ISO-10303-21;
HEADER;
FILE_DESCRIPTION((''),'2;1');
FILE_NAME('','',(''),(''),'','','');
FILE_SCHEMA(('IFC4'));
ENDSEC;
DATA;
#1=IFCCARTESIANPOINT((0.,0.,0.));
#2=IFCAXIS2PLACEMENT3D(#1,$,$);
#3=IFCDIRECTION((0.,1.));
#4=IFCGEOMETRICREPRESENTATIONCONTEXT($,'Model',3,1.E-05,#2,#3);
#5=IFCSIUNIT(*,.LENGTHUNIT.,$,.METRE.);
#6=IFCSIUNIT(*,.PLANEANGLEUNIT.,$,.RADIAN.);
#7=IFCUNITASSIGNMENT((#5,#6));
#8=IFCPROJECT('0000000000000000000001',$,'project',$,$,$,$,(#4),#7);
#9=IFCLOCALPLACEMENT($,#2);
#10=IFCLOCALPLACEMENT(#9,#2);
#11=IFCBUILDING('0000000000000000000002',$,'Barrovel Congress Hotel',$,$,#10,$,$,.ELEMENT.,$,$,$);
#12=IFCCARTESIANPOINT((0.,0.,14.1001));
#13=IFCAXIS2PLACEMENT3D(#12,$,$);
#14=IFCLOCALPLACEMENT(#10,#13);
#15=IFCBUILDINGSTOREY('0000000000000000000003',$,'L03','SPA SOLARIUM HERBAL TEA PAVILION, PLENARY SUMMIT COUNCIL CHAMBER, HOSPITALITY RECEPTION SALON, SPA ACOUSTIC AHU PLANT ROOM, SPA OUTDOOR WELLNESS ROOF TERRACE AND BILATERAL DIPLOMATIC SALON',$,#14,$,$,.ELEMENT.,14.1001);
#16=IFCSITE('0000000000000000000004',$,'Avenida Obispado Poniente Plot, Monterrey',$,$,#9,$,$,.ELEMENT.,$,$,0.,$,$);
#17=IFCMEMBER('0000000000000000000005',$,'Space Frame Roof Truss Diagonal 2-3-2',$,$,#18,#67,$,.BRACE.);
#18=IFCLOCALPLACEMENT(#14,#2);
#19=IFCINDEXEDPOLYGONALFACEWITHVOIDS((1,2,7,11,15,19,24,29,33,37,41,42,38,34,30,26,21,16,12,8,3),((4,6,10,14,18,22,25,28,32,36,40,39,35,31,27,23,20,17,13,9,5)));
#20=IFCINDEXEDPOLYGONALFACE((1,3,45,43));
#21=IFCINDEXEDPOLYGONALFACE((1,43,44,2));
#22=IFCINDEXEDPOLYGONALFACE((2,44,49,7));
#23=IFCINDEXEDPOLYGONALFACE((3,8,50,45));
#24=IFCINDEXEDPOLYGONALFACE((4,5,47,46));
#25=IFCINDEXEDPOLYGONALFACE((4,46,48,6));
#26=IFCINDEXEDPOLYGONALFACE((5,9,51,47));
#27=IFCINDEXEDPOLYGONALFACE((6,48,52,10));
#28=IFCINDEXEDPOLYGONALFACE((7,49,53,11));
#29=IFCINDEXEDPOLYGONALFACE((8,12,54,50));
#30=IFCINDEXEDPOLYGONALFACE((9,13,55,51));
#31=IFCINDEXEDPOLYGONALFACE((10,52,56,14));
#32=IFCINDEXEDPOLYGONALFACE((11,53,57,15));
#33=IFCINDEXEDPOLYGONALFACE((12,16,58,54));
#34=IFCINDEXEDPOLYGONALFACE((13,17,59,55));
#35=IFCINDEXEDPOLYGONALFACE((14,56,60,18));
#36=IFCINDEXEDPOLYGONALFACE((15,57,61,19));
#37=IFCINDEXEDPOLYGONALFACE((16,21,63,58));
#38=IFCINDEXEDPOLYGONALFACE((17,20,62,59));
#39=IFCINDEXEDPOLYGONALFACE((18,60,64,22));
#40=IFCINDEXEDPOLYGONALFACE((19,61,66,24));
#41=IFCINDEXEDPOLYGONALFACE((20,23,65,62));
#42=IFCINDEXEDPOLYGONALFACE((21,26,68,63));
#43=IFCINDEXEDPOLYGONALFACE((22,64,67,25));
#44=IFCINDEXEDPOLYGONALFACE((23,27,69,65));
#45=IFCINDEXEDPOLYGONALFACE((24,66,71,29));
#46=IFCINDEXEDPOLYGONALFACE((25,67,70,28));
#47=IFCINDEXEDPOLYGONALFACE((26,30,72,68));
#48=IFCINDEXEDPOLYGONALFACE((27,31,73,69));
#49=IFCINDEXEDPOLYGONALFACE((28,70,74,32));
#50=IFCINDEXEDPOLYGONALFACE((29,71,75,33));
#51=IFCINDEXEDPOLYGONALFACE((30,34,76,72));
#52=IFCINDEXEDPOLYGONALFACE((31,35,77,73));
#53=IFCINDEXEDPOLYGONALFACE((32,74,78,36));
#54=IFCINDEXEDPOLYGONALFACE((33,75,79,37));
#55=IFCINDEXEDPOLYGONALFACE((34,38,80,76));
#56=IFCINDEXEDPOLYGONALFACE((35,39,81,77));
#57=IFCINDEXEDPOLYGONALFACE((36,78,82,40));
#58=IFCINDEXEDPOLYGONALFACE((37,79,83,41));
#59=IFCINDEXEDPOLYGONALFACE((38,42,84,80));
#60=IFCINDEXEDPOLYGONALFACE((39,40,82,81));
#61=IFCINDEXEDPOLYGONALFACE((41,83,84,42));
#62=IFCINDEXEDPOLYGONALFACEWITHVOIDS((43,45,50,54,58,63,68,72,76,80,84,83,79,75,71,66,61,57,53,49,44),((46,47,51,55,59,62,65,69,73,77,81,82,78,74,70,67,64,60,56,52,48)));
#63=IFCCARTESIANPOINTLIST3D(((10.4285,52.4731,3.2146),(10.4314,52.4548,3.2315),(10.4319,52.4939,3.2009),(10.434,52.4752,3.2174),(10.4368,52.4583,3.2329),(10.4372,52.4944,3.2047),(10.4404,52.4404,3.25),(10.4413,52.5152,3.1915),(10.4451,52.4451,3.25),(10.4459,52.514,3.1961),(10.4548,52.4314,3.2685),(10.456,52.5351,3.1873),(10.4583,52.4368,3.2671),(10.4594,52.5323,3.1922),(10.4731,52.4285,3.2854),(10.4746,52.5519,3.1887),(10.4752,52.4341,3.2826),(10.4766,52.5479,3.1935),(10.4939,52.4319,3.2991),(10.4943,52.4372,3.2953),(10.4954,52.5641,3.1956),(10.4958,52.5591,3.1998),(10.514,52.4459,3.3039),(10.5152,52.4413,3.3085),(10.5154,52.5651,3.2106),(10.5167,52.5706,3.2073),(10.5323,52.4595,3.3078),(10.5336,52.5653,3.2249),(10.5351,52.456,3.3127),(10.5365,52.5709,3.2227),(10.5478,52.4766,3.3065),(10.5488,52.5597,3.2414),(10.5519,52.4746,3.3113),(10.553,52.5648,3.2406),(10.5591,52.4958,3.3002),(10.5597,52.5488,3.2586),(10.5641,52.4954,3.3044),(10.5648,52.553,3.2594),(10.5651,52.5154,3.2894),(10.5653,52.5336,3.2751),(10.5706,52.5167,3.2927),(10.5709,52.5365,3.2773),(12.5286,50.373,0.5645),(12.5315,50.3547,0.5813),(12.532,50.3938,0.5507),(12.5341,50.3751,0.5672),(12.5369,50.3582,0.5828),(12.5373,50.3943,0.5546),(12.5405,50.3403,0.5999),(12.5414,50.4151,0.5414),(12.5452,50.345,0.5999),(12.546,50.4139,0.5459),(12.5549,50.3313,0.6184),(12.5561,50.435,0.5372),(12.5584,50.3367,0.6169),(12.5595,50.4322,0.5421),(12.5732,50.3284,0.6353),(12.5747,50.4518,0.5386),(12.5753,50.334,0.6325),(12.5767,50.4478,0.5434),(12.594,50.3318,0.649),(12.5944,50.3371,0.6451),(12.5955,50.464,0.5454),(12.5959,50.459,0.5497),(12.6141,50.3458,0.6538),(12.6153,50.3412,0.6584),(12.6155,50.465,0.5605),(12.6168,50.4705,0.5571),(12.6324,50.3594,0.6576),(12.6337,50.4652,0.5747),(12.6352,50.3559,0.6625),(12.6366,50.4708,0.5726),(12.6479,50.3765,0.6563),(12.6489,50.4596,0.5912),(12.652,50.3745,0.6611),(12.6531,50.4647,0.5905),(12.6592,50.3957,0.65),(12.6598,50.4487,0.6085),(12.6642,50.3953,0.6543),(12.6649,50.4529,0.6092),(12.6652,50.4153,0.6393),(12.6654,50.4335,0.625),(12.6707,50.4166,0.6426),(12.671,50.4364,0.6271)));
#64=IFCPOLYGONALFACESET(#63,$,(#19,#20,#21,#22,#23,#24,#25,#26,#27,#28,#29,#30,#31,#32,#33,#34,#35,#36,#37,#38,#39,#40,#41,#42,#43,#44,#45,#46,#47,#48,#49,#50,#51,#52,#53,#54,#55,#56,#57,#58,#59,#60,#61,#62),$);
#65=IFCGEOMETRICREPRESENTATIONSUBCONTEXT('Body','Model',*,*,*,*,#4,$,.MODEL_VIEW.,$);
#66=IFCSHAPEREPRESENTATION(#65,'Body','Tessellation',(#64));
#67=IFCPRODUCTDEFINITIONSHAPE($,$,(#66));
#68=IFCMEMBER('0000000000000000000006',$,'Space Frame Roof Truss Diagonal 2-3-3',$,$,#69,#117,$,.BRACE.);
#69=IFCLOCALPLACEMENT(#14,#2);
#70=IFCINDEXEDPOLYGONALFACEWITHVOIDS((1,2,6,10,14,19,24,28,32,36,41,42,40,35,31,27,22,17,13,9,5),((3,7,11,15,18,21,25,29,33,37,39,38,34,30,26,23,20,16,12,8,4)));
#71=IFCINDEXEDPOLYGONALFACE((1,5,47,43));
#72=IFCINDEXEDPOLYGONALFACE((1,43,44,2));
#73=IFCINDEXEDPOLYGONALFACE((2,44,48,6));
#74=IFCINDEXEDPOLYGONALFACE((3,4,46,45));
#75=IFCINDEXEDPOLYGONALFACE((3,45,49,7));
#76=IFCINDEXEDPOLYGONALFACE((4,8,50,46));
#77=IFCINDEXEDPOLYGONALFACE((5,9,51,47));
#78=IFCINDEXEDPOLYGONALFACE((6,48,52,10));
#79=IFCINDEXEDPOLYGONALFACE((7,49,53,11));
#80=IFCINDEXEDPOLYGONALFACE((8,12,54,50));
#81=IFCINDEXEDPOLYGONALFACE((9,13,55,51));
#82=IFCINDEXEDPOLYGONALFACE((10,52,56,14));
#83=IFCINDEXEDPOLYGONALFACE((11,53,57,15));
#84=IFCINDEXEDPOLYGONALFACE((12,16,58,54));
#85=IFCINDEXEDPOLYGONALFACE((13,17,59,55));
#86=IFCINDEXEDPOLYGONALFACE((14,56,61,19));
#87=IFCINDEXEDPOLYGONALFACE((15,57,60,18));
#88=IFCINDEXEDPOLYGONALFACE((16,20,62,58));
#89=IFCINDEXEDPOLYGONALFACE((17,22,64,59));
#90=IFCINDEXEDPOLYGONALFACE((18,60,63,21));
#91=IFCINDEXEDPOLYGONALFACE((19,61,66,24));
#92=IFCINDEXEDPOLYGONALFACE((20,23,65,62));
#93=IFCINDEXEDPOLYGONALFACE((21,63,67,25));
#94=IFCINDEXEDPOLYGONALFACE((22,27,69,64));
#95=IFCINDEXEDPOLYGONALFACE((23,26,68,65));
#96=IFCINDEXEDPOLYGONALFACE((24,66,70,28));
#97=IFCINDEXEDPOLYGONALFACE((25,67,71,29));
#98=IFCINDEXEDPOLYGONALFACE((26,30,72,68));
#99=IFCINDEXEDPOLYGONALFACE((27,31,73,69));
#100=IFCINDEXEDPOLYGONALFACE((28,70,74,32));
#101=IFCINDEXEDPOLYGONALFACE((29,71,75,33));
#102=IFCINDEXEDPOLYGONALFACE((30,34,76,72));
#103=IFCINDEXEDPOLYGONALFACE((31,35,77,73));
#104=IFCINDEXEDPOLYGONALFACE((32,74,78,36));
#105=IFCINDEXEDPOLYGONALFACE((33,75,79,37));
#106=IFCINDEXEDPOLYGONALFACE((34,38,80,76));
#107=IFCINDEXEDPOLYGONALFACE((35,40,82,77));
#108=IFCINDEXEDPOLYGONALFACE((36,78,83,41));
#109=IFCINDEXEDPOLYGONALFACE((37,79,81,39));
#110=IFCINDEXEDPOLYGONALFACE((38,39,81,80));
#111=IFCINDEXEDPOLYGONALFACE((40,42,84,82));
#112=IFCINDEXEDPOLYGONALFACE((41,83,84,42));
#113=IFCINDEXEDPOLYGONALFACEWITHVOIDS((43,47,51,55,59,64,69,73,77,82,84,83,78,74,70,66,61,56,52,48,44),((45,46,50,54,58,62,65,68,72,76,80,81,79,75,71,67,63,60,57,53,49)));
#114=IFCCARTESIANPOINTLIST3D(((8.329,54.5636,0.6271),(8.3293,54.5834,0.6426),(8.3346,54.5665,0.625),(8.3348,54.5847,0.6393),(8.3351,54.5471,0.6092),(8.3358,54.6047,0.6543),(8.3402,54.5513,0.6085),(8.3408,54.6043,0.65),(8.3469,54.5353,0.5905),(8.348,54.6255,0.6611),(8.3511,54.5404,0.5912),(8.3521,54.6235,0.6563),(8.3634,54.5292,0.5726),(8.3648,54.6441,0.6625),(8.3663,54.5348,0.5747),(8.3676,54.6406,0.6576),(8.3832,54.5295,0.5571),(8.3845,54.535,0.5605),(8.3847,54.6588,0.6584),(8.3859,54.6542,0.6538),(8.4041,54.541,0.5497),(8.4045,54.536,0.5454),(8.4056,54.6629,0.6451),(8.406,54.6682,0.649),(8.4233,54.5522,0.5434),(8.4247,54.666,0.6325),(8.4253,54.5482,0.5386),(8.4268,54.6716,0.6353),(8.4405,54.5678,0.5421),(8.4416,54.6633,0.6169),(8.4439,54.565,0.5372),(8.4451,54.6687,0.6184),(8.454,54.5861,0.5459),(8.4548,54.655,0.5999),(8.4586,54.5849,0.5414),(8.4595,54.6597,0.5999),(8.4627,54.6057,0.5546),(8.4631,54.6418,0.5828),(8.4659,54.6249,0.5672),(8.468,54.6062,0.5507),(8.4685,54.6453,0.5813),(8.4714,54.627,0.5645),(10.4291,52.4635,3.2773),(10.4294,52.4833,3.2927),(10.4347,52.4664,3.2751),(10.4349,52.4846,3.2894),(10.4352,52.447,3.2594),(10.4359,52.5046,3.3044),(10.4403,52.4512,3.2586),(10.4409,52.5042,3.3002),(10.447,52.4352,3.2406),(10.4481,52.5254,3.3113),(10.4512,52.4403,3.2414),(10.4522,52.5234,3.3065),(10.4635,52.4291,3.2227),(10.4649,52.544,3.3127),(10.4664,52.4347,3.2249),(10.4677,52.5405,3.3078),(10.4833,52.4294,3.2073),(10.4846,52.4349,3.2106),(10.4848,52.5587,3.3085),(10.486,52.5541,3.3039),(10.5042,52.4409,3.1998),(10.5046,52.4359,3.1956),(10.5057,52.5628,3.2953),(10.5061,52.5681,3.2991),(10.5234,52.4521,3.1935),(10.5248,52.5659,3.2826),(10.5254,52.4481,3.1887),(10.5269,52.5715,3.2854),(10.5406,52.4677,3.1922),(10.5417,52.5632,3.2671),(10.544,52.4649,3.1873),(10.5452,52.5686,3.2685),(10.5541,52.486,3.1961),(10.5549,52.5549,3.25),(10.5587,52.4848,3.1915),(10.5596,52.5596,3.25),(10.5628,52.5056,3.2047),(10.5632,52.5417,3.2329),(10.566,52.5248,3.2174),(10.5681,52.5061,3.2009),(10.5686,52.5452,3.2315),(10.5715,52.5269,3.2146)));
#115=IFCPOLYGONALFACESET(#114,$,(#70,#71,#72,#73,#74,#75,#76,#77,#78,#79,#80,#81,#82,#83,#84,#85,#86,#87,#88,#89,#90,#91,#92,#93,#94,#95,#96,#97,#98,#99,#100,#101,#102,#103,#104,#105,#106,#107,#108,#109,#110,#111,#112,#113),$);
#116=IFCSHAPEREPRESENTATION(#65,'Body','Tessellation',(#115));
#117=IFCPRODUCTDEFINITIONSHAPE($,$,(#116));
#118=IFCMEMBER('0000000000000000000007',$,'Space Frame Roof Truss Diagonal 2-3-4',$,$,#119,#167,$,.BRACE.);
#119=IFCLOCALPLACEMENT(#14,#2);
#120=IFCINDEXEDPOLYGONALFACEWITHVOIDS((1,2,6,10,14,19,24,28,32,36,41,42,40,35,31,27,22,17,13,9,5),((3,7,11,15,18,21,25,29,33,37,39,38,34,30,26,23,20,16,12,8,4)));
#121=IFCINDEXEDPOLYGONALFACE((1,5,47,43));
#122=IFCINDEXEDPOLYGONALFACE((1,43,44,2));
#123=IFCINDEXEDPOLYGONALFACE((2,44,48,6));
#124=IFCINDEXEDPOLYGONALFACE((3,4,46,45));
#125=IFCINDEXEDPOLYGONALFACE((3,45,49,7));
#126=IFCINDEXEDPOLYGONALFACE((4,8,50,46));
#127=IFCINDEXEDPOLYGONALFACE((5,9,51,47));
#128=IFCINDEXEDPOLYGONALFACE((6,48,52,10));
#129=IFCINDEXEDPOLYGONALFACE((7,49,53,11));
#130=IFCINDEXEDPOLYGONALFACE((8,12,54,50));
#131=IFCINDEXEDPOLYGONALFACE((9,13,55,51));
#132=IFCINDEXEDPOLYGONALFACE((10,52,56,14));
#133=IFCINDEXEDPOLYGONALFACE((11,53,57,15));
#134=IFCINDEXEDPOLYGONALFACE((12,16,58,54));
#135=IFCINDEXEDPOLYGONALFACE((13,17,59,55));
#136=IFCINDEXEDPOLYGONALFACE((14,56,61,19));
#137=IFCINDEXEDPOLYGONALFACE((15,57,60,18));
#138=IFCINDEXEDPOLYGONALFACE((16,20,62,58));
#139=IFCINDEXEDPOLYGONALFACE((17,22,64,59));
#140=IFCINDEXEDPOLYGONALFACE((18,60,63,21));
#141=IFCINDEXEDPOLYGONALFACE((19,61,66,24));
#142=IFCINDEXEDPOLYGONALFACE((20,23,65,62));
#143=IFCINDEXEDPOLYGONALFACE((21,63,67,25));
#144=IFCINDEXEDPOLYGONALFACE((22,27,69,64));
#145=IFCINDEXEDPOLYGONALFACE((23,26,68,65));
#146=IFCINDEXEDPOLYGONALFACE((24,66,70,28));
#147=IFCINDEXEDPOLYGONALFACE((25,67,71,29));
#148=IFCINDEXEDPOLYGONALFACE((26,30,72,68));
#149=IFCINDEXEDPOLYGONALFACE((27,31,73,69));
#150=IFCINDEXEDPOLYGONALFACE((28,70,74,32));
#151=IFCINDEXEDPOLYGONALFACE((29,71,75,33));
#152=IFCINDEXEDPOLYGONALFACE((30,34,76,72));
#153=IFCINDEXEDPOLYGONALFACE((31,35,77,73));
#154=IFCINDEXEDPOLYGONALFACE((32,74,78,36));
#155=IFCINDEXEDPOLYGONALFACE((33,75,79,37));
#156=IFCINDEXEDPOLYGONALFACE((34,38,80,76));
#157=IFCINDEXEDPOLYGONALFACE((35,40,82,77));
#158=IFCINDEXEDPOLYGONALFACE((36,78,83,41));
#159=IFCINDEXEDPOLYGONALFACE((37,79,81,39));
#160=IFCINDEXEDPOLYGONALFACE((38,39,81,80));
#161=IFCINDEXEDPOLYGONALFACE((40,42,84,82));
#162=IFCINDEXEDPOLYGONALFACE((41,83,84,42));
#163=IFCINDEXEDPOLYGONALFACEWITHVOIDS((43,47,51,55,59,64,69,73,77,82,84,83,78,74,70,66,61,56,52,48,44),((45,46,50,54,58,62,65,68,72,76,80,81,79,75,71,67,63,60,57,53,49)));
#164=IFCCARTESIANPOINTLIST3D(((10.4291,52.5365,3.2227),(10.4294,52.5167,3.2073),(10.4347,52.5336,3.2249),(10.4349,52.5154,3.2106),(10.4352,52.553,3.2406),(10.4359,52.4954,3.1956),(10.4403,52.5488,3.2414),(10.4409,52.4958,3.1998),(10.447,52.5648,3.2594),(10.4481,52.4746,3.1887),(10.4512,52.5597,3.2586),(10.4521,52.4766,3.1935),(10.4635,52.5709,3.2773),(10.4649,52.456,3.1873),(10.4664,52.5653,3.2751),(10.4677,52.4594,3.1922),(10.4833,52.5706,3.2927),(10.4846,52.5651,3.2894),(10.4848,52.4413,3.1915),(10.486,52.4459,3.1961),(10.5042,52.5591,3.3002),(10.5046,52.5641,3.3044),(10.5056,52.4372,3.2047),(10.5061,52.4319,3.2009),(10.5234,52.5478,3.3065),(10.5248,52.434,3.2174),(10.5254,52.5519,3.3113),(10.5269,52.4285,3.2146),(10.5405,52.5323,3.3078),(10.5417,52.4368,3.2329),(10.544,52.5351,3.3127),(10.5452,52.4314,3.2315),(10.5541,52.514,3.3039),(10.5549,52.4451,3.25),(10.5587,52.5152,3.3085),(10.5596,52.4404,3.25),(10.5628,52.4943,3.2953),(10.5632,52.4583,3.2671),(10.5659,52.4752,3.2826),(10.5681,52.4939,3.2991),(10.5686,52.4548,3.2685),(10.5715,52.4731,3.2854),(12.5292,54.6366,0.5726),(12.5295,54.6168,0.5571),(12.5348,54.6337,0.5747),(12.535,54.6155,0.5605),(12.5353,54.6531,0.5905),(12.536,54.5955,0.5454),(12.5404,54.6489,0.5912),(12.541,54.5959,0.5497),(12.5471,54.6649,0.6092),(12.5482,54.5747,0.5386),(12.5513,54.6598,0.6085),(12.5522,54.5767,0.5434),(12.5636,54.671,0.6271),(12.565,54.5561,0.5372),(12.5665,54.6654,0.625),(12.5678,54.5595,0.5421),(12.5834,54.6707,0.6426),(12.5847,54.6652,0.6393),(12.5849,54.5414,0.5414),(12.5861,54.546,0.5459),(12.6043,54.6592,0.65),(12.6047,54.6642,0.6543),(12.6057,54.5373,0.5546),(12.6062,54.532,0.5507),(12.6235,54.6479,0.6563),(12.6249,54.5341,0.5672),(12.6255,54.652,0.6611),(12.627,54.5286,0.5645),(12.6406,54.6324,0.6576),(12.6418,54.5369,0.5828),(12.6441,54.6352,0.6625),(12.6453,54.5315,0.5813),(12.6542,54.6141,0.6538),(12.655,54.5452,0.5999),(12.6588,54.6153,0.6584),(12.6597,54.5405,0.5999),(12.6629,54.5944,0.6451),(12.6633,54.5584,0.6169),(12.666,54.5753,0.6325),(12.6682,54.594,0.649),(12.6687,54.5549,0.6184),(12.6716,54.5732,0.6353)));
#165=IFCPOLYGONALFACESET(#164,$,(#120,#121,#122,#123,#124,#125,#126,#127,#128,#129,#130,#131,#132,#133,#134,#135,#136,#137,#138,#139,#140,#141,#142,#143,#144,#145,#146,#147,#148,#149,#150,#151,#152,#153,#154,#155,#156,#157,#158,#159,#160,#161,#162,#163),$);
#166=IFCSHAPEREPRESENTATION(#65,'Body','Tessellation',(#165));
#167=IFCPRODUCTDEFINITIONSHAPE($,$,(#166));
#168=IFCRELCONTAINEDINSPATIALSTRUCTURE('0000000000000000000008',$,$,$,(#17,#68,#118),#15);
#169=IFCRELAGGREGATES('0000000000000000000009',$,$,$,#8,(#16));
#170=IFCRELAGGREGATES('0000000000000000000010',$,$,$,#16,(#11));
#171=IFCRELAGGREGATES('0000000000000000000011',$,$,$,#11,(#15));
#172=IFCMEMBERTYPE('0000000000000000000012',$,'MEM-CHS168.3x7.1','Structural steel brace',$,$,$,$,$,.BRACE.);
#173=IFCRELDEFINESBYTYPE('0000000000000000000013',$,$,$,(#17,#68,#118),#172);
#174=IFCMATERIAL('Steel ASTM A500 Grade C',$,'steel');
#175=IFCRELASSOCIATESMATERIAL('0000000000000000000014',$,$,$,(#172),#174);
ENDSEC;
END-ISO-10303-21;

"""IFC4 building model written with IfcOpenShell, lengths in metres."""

from ifc_helpers import new_model, si_unit, direction, frame, origin, origin_2d, place, context, subcontext, project, spatial, hollow_circle, extrude, material, material_profile, profile_set, type_object, element, save


model = new_model("IFC4")

# Units and contexts
model_context = context("Model", 3, precision=1e-05, world=origin(), true_north=direction((0.0, 1.0)))
body_context = subcontext(model_context, "Body", "Model", "MODEL_VIEW")
ifc_project = project(units=[si_unit("LENGTHUNIT", "METRE"), si_unit("PLANEANGLEUNIT", "RADIAN")], contexts=[model_context])

# Site, building, storey
site_placement = place(None, origin())
site = spatial("IfcSite", under=ifc_project, at=site_placement, Name="Avenida Obispado Poniente Plot, Monterrey", CompositionType="ELEMENT", RefElevation=0.0)
building_placement = place(site_placement, origin())
building = spatial("IfcBuilding", under=site, at=building_placement, Name="Barrovel Congress Hotel", CompositionType="ELEMENT")
storey_placement = place(building_placement, frame((0.0, 0.0, 14.1001)))
storey = spatial("IfcBuildingStorey", under=building, at=storey_placement, Name="L03", Description="SPA SOLARIUM HERBAL TEA PAVILION, PLENARY SUMMIT COUNCIL CHAMBER, HOSPITALITY RECEPTION SALON, SPA ACOUSTIC AHU PLANT ROOM, SPA OUTDOOR WELLNESS ROOF TERRACE AND BILATERAL DIPLOMATIC SALON", CompositionType="ELEMENT", Elevation=14.1001)

# Members
ifc_material_1 = material(Name="Steel ASTM A500 Grade C", Category="steel")
ifc_material_profile_1 = material_profile(ifc_material_1, hollow_circle(Radius=0.0842, WallThickness=0.0066, at=origin_2d()), Name="CHS168.3x7.1")
ifc_profile_set_1 = profile_set([ifc_material_profile_1], Name="Steel ASTM A500 Grade C")
member_type_1 = type_object("IfcMemberType", Name="MEM-CHS168.3x7.1", Description="Structural steel brace", PredefinedType="BRACE", material=ifc_profile_set_1)
for number, where, z_axis, x_axis, name in (
    (1, (12.6001, 50.3999, 0.5999), (-0.527601, 0.527601, 0.665788), (-0.707107, -0.707107, 0.0), "Space Frame Roof Truss Diagonal 2-3-2"),
    (2, (8.3999, 54.6001, 0.5999), (0.527601, -0.527601, 0.665788), (0.707107, 0.707107, 0.0), "Space Frame Roof Truss Diagonal 2-3-3"),
    (3, (12.6001, 54.6001, 0.5999), (-0.527601, -0.527601, 0.665788), (0.707107, -0.707107, 0.0), "Space Frame Roof Truss Diagonal 2-3-4"),
):
    element("IfcMember", number, at=place(storey_placement, frame(where, z_axis=z_axis, x_axis=x_axis)), inside=storey, type_object=member_type_1, Name=name, PredefinedType="BRACE", context=body_context, shape_type="SweptSolid", body=[
        extrude(hollow_circle(Radius=0.0842, WallThickness=0.0066, at=origin_2d()), origin(), (0.0, 0.0, 1.0), 3.9805),
    ])

save(model, "model.ifc")
